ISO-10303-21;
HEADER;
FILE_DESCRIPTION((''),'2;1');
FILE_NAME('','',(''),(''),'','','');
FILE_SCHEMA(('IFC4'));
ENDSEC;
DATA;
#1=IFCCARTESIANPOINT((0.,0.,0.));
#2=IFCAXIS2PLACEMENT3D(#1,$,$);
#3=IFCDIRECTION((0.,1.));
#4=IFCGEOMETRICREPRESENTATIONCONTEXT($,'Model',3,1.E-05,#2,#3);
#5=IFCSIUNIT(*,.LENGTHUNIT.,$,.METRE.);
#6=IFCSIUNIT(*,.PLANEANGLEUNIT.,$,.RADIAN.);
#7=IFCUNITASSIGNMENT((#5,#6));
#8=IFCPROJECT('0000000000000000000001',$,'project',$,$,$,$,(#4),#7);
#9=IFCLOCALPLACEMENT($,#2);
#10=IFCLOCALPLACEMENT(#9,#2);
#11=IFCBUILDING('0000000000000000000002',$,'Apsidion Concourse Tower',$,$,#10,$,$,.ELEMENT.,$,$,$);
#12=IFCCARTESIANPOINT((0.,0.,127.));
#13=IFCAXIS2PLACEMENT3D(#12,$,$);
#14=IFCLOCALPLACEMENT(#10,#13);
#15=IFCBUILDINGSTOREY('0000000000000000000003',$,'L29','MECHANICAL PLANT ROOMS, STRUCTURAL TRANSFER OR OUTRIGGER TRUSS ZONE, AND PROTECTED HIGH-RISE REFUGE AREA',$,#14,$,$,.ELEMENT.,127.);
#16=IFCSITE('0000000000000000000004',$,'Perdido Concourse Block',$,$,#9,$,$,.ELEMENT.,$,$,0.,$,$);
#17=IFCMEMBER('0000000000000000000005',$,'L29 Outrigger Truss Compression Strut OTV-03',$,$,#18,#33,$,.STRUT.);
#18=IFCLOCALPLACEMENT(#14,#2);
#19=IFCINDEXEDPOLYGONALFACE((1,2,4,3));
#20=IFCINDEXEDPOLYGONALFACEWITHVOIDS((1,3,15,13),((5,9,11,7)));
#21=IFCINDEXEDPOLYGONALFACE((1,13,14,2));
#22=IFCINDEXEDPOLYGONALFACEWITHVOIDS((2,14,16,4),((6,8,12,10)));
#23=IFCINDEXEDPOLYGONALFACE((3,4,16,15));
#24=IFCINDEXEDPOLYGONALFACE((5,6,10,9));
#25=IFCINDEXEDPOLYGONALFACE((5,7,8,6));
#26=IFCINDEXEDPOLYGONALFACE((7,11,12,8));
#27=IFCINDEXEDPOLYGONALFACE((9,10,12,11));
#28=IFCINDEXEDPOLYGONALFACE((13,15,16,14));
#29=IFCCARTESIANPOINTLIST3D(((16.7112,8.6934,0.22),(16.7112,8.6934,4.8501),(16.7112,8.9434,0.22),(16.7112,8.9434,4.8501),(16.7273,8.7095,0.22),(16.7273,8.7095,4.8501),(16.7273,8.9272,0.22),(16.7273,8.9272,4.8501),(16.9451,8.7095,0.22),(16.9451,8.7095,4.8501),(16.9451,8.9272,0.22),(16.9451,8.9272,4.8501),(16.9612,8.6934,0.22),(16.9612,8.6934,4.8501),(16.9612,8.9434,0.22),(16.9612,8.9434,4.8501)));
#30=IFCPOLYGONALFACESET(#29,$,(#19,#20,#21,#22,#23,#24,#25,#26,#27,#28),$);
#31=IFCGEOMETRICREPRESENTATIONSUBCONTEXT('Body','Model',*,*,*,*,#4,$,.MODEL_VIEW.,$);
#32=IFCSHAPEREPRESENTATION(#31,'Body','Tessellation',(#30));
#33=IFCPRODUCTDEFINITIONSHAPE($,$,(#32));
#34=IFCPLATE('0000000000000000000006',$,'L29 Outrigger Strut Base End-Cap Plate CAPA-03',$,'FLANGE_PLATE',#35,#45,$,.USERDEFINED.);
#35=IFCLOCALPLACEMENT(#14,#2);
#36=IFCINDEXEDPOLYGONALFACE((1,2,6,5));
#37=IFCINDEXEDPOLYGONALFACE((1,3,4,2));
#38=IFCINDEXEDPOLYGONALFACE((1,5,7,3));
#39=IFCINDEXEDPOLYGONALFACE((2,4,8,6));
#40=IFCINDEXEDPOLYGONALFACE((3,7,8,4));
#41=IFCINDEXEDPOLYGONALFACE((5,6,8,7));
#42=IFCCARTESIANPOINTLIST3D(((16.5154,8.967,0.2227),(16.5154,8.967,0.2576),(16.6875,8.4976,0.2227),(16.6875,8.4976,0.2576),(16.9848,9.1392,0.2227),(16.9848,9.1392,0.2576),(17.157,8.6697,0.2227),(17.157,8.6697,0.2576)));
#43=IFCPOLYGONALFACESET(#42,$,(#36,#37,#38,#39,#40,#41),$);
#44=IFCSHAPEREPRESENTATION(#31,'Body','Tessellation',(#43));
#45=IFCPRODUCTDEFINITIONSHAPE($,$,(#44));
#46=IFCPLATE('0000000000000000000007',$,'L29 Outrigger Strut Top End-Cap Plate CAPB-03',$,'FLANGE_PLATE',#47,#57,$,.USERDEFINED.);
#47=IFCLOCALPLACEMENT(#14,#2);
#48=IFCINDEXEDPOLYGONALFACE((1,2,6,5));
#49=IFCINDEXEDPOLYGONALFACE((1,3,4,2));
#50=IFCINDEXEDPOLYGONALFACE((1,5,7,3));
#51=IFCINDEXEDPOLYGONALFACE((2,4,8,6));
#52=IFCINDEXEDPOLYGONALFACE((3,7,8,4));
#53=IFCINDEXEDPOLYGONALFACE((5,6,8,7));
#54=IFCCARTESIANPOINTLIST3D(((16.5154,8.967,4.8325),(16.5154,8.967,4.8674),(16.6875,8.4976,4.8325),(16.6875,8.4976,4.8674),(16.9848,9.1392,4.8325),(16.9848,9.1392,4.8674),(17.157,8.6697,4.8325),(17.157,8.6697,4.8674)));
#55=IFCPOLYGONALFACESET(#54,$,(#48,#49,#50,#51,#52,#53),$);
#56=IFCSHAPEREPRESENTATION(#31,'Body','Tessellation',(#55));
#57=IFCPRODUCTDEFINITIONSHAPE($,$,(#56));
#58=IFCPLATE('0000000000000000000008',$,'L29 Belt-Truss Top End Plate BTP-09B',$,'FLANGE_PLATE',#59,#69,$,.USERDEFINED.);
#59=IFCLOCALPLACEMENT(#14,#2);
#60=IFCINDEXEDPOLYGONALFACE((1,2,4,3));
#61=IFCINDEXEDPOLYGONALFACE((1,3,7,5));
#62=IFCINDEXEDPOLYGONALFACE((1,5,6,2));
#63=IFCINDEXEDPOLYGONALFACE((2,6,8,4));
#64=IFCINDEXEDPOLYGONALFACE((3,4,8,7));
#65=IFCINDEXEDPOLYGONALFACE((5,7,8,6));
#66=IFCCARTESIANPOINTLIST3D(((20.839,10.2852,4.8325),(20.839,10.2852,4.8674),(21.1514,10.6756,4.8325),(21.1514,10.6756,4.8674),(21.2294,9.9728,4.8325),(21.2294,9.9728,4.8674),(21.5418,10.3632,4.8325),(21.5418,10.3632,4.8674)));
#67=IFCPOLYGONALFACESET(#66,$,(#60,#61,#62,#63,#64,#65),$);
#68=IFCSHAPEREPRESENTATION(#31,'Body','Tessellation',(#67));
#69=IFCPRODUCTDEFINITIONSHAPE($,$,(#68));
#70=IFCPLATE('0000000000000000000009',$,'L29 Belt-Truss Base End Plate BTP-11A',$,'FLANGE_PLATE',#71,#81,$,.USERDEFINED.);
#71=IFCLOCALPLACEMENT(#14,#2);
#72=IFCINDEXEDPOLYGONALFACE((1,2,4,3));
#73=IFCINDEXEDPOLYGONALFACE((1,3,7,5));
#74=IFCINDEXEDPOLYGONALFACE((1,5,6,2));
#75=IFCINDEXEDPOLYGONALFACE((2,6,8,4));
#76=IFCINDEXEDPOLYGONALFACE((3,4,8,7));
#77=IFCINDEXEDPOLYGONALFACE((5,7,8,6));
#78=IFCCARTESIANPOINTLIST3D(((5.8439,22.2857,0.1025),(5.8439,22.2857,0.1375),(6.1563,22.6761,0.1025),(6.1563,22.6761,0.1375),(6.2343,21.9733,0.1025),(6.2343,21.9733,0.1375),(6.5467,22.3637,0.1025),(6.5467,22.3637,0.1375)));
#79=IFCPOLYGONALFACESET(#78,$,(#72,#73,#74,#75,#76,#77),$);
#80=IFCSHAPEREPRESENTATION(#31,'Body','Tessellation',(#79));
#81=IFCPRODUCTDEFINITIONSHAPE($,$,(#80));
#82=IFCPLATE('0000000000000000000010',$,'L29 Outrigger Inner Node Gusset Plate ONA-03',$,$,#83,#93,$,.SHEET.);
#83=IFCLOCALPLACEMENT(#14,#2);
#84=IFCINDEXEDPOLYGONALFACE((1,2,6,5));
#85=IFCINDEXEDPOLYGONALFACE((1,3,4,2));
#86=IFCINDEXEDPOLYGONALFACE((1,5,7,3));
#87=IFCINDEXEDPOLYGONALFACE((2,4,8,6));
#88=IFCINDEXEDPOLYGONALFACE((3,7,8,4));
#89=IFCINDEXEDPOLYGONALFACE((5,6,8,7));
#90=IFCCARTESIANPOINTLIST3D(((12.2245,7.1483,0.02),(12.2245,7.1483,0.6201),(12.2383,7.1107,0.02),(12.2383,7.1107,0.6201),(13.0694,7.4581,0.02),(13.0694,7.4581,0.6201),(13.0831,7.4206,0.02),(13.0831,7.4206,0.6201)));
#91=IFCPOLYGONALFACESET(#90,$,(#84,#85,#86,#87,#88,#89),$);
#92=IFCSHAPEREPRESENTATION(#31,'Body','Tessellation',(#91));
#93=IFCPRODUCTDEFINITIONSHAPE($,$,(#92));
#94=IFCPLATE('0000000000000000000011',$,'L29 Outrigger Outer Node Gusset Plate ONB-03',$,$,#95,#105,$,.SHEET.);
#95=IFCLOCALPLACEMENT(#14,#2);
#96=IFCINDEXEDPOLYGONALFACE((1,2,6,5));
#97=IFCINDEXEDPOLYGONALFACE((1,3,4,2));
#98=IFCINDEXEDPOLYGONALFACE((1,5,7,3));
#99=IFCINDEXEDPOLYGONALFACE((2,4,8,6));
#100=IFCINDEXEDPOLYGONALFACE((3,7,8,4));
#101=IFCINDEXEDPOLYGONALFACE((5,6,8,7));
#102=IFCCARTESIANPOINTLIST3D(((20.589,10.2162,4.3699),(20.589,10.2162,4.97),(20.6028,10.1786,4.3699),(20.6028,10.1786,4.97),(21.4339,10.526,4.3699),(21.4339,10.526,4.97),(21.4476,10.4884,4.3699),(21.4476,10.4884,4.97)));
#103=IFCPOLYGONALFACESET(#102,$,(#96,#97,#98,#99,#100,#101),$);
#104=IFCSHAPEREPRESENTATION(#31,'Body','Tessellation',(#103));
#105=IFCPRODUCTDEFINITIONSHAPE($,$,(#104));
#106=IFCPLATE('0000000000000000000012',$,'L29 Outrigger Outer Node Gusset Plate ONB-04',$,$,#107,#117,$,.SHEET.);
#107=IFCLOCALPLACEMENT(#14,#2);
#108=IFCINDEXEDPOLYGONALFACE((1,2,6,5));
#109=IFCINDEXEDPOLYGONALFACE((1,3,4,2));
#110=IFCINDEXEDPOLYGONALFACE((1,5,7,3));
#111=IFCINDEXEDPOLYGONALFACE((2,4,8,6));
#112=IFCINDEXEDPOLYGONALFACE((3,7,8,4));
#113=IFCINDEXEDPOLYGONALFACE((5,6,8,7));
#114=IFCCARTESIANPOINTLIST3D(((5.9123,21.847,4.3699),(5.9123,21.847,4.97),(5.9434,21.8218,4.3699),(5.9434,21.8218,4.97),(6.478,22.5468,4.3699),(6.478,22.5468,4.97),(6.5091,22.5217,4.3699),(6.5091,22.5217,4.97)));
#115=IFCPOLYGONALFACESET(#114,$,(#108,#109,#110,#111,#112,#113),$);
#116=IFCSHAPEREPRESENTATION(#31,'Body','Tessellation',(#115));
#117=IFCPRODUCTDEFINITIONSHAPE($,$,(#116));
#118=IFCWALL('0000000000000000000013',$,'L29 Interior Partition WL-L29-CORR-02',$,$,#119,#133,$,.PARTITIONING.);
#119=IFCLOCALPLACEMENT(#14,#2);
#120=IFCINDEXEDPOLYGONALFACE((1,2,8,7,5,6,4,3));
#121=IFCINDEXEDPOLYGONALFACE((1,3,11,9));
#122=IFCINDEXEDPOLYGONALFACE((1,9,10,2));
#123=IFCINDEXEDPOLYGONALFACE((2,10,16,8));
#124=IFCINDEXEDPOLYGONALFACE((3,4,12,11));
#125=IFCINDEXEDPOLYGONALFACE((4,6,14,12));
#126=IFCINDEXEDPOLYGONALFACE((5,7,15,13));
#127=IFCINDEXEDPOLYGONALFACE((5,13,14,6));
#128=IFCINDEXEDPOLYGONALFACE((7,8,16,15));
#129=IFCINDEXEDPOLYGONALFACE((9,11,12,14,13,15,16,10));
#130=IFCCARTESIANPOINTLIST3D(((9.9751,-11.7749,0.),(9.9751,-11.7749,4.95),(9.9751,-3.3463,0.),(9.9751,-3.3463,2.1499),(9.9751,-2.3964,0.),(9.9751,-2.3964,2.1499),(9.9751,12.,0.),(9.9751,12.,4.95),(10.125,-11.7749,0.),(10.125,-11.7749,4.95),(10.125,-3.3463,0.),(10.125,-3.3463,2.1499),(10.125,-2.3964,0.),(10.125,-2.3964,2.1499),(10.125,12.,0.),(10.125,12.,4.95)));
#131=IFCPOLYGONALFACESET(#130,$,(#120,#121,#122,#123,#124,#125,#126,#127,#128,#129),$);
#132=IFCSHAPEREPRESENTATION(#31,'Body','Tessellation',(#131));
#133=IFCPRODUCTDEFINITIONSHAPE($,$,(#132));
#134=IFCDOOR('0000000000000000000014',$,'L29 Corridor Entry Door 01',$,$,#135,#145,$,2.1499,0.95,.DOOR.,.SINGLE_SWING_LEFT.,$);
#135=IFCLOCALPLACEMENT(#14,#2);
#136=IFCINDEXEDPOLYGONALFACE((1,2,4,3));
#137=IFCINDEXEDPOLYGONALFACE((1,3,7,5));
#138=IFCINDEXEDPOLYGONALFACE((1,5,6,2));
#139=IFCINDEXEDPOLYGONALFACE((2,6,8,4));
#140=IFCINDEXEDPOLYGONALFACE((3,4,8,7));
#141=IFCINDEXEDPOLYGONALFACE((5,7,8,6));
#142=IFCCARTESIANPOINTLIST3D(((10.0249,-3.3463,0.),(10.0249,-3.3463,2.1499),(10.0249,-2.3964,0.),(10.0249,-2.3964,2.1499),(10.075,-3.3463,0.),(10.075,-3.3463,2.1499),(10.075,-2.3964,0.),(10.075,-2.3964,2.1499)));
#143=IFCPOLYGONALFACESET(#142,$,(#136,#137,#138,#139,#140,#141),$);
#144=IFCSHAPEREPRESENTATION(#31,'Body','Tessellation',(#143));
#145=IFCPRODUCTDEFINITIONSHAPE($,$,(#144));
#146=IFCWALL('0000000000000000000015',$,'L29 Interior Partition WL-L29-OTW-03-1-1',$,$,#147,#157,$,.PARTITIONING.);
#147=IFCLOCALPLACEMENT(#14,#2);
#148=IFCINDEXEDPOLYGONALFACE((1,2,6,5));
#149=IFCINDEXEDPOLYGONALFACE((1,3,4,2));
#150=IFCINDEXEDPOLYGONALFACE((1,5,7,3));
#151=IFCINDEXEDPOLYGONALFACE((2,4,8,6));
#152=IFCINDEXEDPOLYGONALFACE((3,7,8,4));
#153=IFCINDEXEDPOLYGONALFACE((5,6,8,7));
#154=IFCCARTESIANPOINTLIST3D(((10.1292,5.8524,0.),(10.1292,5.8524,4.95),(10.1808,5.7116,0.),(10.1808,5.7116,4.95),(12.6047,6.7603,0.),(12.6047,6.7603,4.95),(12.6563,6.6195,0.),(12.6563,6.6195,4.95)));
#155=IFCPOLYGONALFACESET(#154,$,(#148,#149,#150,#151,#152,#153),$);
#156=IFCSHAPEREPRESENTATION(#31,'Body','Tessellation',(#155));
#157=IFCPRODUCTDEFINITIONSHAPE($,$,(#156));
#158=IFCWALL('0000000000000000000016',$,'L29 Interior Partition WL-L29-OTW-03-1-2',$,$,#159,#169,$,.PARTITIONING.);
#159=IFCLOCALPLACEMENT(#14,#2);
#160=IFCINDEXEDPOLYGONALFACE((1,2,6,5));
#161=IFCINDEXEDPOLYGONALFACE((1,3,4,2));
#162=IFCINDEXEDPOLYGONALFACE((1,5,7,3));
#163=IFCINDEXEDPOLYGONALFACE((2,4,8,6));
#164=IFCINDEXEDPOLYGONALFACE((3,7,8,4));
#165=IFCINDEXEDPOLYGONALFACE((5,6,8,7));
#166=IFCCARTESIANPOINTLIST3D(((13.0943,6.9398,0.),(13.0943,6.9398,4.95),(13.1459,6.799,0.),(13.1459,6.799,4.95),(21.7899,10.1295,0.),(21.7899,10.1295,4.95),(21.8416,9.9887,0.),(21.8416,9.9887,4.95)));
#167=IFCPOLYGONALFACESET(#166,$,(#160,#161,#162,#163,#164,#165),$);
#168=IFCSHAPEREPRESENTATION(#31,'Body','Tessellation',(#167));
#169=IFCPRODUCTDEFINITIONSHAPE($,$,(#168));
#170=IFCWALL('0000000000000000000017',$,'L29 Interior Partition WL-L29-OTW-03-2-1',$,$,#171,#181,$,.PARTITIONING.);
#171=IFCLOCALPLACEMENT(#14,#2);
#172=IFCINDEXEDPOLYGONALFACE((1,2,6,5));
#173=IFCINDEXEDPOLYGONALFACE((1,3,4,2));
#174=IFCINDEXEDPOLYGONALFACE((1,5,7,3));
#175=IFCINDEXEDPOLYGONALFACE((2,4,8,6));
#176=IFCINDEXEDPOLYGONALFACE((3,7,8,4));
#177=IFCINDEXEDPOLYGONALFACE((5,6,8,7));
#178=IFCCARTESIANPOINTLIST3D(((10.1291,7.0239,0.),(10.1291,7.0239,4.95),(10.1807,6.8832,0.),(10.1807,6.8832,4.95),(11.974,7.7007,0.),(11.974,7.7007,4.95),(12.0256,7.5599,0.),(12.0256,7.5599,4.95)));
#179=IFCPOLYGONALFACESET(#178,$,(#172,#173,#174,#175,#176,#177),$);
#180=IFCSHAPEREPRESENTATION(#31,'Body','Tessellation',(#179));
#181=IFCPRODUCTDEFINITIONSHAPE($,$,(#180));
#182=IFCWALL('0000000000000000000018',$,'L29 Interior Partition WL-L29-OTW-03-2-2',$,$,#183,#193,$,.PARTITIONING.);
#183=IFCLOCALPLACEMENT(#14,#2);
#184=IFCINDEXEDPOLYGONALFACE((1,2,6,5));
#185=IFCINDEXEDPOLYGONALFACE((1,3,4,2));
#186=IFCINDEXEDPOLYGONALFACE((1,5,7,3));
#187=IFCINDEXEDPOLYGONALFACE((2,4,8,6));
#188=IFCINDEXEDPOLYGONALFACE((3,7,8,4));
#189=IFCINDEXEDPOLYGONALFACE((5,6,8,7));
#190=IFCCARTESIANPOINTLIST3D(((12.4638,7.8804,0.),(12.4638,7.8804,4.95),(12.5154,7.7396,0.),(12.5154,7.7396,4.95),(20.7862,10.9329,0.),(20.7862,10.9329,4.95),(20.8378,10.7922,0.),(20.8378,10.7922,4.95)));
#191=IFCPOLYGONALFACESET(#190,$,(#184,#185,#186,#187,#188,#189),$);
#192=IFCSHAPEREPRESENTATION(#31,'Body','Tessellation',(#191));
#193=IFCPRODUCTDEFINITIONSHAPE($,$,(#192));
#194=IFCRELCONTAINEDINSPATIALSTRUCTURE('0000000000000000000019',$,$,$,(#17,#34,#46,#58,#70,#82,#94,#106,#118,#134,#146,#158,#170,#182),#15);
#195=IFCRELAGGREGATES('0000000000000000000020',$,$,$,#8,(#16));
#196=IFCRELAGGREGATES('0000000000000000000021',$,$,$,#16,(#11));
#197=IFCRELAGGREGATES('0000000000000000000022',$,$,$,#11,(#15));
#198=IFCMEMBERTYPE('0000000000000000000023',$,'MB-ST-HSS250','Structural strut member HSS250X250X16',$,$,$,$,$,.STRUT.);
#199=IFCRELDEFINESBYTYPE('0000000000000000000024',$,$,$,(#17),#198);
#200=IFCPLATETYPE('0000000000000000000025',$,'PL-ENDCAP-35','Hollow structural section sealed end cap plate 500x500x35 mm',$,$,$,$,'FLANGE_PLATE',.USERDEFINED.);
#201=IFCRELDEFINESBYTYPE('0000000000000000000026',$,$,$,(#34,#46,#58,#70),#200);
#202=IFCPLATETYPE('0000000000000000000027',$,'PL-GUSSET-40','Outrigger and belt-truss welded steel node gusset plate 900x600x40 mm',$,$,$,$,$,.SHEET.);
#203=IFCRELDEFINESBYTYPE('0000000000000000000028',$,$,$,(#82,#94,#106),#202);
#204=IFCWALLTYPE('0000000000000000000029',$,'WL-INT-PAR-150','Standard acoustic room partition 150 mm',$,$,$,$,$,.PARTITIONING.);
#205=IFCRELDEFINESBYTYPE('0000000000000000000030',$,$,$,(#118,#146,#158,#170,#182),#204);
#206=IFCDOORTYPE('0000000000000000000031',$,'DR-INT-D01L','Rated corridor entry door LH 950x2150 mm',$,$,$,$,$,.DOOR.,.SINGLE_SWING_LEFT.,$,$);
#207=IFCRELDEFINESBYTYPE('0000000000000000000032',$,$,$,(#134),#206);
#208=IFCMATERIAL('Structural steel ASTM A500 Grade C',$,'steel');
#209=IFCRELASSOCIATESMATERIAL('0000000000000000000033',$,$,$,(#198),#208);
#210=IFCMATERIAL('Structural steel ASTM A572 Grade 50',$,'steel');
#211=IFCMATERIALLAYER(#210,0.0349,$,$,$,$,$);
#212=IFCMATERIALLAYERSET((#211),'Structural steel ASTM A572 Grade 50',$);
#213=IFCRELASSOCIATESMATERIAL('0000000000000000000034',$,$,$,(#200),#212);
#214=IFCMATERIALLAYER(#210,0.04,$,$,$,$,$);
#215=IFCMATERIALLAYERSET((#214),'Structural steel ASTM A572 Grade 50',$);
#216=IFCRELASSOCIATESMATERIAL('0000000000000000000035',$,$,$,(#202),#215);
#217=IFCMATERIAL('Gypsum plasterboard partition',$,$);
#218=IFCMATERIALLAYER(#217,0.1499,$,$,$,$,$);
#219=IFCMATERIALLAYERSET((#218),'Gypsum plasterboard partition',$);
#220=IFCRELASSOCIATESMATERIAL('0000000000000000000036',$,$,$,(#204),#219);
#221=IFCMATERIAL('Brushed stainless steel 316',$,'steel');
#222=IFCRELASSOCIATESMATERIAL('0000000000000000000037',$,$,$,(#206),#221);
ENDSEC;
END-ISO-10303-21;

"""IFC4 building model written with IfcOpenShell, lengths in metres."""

from ifc_helpers import new_model, si_unit, direction, frame, frame_2d, origin, origin_2d, place, context, subcontext, project, spatial, rectangle, hollow_rectangle, extrude, material, layer, layer_set, material_profile, profile_set, type_object, element, fill, save


model = new_model("IFC4")

# Units and contexts
model_context = context("Model", 3, precision=1e-05, world=origin(), true_north=direction((0.0, 1.0)))
body_context = subcontext(model_context, "Body", "Model", "MODEL_VIEW")
ifc_project = project(units=[si_unit("LENGTHUNIT", "METRE"), si_unit("PLANEANGLEUNIT", "RADIAN")], contexts=[model_context])

# Site, building, storey
site_placement = place(None, origin())
site = spatial("IfcSite", under=ifc_project, at=site_placement, Name="Perdido Concourse Block", CompositionType="ELEMENT", RefElevation=0.0)
building_placement = place(site_placement, origin())
building = spatial("IfcBuilding", under=site, at=building_placement, Name="Apsidion Concourse Tower", CompositionType="ELEMENT")
storey_placement = place(building_placement, frame((0.0, 0.0, 127.0)))
storey = spatial("IfcBuildingStorey", under=building, at=storey_placement, Name="L29", Description="MECHANICAL PLANT ROOMS, STRUCTURAL TRANSFER OR OUTRIGGER TRUSS ZONE, AND PROTECTED HIGH-RISE REFUGE AREA", CompositionType="ELEMENT", Elevation=127.0)

# Member
ifc_material_1 = material(Name="Structural steel ASTM A500 Grade C", Category="steel")
ifc_material_2 = material(Name="Structural steel ASTM A572 Grade 50", Category="steel")
ifc_material_profile_1 = material_profile(ifc_material_1, hollow_rectangle(XDim=0.25, YDim=0.25, WallThickness=0.0161, at=origin_2d()), Name="HSS250X250X16")
ifc_profile_set_1 = profile_set([ifc_material_profile_1], Name="Structural steel ASTM A500 Grade C")
member_type_1 = type_object("IfcMemberType", Name="MB-ST-HSS250", Description="Structural strut member HSS250X250X16", PredefinedType="STRUT", material=ifc_profile_set_1)
member_1_placement = place(storey_placement, frame((16.8362, 8.8184, 0.22), z_axis=(0.0, 0.0, 1.0), x_axis=(1.0, 0.0, 0.0)))
element("IfcMember", 1, at=member_1_placement, inside=storey, type_object=member_type_1, Name="L29 Outrigger Truss Compression Strut OTV-03", PredefinedType="STRUT", context=body_context, shape_type="SweptSolid", body=[
    extrude(hollow_rectangle(XDim=0.25, YDim=0.25, WallThickness=0.0161, at=origin_2d()), origin(), (0.0, 0.0, 1.0), 4.6301),
])

# Plates
ifc_layer_1 = layer(ifc_material_2, 0.0349)
ifc_layer_set_1 = layer_set([ifc_layer_1], Name="Structural steel ASTM A572 Grade 50")
plate_type_1 = type_object("IfcPlateType", Name="PL-ENDCAP-35", Description="Hollow structural section sealed end cap plate 500x500x35 mm", ElementType="FLANGE_PLATE", PredefinedType="USERDEFINED", material=ifc_layer_set_1)
for number, where, z_axis, x_axis, name in (
    (2, (16.8362, 8.8184, 0.2227), (0.0, 0.0, 1.0), (0.938854, 0.344315, 0.0), "L29 Outrigger Strut Base End-Cap Plate CAPA-03"),
    (3, (16.8362, 8.8184, 4.8325), (0.0, 0.0, 1.0), (0.938854, 0.344315, 0.0), "L29 Outrigger Strut Top End-Cap Plate CAPB-03"),
    (4, (21.1904, 10.3242, 4.8325), (0.0, 0.0, 1.0), (-0.780758, 0.624834, 0.0), "L29 Belt-Truss Top End Plate BTP-09B"),
    (5, (6.1953, 22.3247, 0.1025), (0.0, 0.0, 1.0), (-0.780758, 0.624834, 0.0), "L29 Belt-Truss Base End Plate BTP-11A"),
):
    element("IfcPlate", number, at=place(storey_placement, frame(where, z_axis=z_axis, x_axis=x_axis)), inside=storey, type_object=plate_type_1, Name=name, ObjectType="FLANGE_PLATE", PredefinedType="USERDEFINED", context=body_context, shape_type="SweptSolid", body=[
        extrude(rectangle(XDim=0.5, YDim=0.5, at=origin_2d()), origin(), (0.0, 0.0, 1.0), 0.0349),
    ])
ifc_layer_2 = layer(ifc_material_2, 0.04)
ifc_layer_set_2 = layer_set([ifc_layer_2], Name="Structural steel ASTM A572 Grade 50")
plate_type_2 = type_object("IfcPlateType", Name="PL-GUSSET-40", Description="Outrigger and belt-truss welded steel node gusset plate 900x600x40 mm", PredefinedType="SHEET", material=ifc_layer_set_2)
for number, where, z_axis, x_axis, name in (
    (6, (12.6538, 7.2844, 0.02), (0.0, 0.0, 1.0), (0.938854, 0.344315, 0.0), "L29 Outrigger Inner Node Gusset Plate ONA-03"),
    (7, (21.0183, 10.3523, 4.3699), (0.0, 0.0, 1.0), (0.938854, 0.344315, 0.0), "L29 Outrigger Outer Node Gusset Plate ONB-03"),
    (8, (6.2107, 22.1843, 4.3699), (0.0, 0.0, 1.0), (0.628642, 0.777695, 0.0), "L29 Outrigger Outer Node Gusset Plate ONB-04"),
):
    element("IfcPlate", number, at=place(storey_placement, frame(where, z_axis=z_axis, x_axis=x_axis)), inside=storey, type_object=plate_type_2, Name=name, PredefinedType="SHEET", context=body_context, shape_type="SweptSolid", body=[
        extrude(rectangle(XDim=0.8999, YDim=0.04, at=origin_2d()), origin(), (0.0, 0.0, 1.0), 0.6001),
    ])

# Wall, opening, door
ifc_material_3 = material(Name="Gypsum plasterboard partition")
ifc_layer_3 = layer(ifc_material_3, 0.1499)
ifc_layer_set_3 = layer_set([ifc_layer_3], Name="Gypsum plasterboard partition")
wall_type_1 = type_object("IfcWallType", Name="WL-INT-PAR-150", Description="Standard acoustic room partition 150 mm", PredefinedType="PARTITIONING", material=ifc_layer_set_3)
wall_1_placement = place(storey_placement, frame((10.05, 12.0, 0.0), z_axis=(0.0, 0.0, 1.0), x_axis=(0.0, -1.0, 0.0)))
wall_1 = element("IfcWall", 9, at=wall_1_placement, inside=storey, type_object=wall_type_1, Name="L29 Interior Partition WL-L29-CORR-02", PredefinedType="PARTITIONING", context=body_context, shape_type="SweptSolid", body=[
    extrude(rectangle(XDim=23.7749, YDim=0.1499, at=frame_2d((11.8875, 0.0))), origin(), (0.0, 0.0, 1.0), 4.95),
])
opening_1_placement = place(wall_1_placement, frame((14.3962, 0.0, 0.0)))
opening_1 = element("IfcOpeningElement", 10, at=opening_1_placement, cuts=wall_1, PredefinedType="OPENING", context=body_context, shape_type="SweptSolid", body=[
    extrude(rectangle(XDim=0.95, YDim=2.1499, at=frame_2d((0.4751, 1.075))), frame((0.0, 0.085, 0.0), z_axis=(0.0, -1.0, 0.0), x_axis=(1.0, 0.0, 0.0)), (0.0, 0.0, 1.0), 0.1699),
])
ifc_material_4 = material(Name="Brushed stainless steel 316", Category="steel")
door_type_1 = type_object("IfcDoorType", Name="DR-INT-D01L", Description="Rated corridor entry door LH 950x2150 mm", OperationType="SINGLE_SWING_LEFT", PredefinedType="DOOR", material=ifc_material_4)
door_1_placement = place(opening_1_placement, origin())
door_1 = element("IfcDoor", 11, at=door_1_placement, inside=storey, type_object=door_type_1, Name="L29 Corridor Entry Door 01", OperationType="SINGLE_SWING_LEFT", OverallHeight=2.1499, OverallWidth=0.95, PredefinedType="DOOR", context=body_context, shape_type="SweptSolid", body=[
    extrude(rectangle(XDim=0.95, YDim=2.1499, at=frame_2d((0.4751, 1.075))), frame((0.0, 0.0249, 0.0), z_axis=(0.0, -1.0, 0.0), x_axis=(1.0, 0.0, 0.0)), (0.0, 0.0, 1.0), 0.05),
])
fill(opening_1, door_1)

# Walls
wall_2_placement = place(storey_placement, frame((10.155, 5.782, 0.0), z_axis=(0.0, 0.0, 1.0), x_axis=(0.938846, 0.344336, 0.0)))
element("IfcWall", 12, at=wall_2_placement, inside=storey, type_object=wall_type_1, Name="L29 Interior Partition WL-L29-OTW-03-1-1", PredefinedType="PARTITIONING", context=body_context, shape_type="SweptSolid", body=[
    extrude(rectangle(XDim=2.6367, YDim=0.1499, at=frame_2d((1.3184, 0.0))), origin(), (0.0, 0.0, 1.0), 4.95),
])
wall_3_placement = place(storey_placement, frame((13.1201, 6.8694, 0.0), z_axis=(0.0, 0.0, 1.0), x_axis=(0.93883, 0.344381, 0.0)))
element("IfcWall", 13, at=wall_3_placement, inside=storey, type_object=wall_type_1, Name="L29 Interior Partition WL-L29-OTW-03-1-2", PredefinedType="PARTITIONING", context=body_context, shape_type="SweptSolid", body=[
    extrude(rectangle(XDim=9.2622, YDim=0.1499, at=frame_2d((4.6311, 0.0))), origin(), (0.0, 0.0, 1.0), 4.95),
])
wall_4_placement = place(storey_placement, frame((10.155, 6.9536, 0.0), z_axis=(0.0, 0.0, 1.0), x_axis=(0.938832, 0.344375, 0.0)))
element("IfcWall", 14, at=wall_4_placement, inside=storey, type_object=wall_type_1, Name="L29 Interior Partition WL-L29-OTW-03-2-1", PredefinedType="PARTITIONING", context=body_context, shape_type="SweptSolid", body=[
    extrude(rectangle(XDim=1.9651, YDim=0.1499, at=frame_2d((0.9824, 0.0))), origin(), (0.0, 0.0, 1.0), 4.95),
])
wall_5_placement = place(storey_placement, frame((12.4897, 7.8101, 0.0), z_axis=(0.0, 0.0, 1.0), x_axis=(0.93884, 0.344353, 0.0)))
element("IfcWall", 15, at=wall_5_placement, inside=storey, type_object=wall_type_1, Name="L29 Interior Partition WL-L29-OTW-03-2-2", PredefinedType="PARTITIONING", context=body_context, shape_type="SweptSolid", body=[
    extrude(rectangle(XDim=8.8645, YDim=0.1499, at=frame_2d((4.4321, 0.0))), origin(), (0.0, 0.0, 1.0), 4.95),
])

save(model, "model.ifc")
